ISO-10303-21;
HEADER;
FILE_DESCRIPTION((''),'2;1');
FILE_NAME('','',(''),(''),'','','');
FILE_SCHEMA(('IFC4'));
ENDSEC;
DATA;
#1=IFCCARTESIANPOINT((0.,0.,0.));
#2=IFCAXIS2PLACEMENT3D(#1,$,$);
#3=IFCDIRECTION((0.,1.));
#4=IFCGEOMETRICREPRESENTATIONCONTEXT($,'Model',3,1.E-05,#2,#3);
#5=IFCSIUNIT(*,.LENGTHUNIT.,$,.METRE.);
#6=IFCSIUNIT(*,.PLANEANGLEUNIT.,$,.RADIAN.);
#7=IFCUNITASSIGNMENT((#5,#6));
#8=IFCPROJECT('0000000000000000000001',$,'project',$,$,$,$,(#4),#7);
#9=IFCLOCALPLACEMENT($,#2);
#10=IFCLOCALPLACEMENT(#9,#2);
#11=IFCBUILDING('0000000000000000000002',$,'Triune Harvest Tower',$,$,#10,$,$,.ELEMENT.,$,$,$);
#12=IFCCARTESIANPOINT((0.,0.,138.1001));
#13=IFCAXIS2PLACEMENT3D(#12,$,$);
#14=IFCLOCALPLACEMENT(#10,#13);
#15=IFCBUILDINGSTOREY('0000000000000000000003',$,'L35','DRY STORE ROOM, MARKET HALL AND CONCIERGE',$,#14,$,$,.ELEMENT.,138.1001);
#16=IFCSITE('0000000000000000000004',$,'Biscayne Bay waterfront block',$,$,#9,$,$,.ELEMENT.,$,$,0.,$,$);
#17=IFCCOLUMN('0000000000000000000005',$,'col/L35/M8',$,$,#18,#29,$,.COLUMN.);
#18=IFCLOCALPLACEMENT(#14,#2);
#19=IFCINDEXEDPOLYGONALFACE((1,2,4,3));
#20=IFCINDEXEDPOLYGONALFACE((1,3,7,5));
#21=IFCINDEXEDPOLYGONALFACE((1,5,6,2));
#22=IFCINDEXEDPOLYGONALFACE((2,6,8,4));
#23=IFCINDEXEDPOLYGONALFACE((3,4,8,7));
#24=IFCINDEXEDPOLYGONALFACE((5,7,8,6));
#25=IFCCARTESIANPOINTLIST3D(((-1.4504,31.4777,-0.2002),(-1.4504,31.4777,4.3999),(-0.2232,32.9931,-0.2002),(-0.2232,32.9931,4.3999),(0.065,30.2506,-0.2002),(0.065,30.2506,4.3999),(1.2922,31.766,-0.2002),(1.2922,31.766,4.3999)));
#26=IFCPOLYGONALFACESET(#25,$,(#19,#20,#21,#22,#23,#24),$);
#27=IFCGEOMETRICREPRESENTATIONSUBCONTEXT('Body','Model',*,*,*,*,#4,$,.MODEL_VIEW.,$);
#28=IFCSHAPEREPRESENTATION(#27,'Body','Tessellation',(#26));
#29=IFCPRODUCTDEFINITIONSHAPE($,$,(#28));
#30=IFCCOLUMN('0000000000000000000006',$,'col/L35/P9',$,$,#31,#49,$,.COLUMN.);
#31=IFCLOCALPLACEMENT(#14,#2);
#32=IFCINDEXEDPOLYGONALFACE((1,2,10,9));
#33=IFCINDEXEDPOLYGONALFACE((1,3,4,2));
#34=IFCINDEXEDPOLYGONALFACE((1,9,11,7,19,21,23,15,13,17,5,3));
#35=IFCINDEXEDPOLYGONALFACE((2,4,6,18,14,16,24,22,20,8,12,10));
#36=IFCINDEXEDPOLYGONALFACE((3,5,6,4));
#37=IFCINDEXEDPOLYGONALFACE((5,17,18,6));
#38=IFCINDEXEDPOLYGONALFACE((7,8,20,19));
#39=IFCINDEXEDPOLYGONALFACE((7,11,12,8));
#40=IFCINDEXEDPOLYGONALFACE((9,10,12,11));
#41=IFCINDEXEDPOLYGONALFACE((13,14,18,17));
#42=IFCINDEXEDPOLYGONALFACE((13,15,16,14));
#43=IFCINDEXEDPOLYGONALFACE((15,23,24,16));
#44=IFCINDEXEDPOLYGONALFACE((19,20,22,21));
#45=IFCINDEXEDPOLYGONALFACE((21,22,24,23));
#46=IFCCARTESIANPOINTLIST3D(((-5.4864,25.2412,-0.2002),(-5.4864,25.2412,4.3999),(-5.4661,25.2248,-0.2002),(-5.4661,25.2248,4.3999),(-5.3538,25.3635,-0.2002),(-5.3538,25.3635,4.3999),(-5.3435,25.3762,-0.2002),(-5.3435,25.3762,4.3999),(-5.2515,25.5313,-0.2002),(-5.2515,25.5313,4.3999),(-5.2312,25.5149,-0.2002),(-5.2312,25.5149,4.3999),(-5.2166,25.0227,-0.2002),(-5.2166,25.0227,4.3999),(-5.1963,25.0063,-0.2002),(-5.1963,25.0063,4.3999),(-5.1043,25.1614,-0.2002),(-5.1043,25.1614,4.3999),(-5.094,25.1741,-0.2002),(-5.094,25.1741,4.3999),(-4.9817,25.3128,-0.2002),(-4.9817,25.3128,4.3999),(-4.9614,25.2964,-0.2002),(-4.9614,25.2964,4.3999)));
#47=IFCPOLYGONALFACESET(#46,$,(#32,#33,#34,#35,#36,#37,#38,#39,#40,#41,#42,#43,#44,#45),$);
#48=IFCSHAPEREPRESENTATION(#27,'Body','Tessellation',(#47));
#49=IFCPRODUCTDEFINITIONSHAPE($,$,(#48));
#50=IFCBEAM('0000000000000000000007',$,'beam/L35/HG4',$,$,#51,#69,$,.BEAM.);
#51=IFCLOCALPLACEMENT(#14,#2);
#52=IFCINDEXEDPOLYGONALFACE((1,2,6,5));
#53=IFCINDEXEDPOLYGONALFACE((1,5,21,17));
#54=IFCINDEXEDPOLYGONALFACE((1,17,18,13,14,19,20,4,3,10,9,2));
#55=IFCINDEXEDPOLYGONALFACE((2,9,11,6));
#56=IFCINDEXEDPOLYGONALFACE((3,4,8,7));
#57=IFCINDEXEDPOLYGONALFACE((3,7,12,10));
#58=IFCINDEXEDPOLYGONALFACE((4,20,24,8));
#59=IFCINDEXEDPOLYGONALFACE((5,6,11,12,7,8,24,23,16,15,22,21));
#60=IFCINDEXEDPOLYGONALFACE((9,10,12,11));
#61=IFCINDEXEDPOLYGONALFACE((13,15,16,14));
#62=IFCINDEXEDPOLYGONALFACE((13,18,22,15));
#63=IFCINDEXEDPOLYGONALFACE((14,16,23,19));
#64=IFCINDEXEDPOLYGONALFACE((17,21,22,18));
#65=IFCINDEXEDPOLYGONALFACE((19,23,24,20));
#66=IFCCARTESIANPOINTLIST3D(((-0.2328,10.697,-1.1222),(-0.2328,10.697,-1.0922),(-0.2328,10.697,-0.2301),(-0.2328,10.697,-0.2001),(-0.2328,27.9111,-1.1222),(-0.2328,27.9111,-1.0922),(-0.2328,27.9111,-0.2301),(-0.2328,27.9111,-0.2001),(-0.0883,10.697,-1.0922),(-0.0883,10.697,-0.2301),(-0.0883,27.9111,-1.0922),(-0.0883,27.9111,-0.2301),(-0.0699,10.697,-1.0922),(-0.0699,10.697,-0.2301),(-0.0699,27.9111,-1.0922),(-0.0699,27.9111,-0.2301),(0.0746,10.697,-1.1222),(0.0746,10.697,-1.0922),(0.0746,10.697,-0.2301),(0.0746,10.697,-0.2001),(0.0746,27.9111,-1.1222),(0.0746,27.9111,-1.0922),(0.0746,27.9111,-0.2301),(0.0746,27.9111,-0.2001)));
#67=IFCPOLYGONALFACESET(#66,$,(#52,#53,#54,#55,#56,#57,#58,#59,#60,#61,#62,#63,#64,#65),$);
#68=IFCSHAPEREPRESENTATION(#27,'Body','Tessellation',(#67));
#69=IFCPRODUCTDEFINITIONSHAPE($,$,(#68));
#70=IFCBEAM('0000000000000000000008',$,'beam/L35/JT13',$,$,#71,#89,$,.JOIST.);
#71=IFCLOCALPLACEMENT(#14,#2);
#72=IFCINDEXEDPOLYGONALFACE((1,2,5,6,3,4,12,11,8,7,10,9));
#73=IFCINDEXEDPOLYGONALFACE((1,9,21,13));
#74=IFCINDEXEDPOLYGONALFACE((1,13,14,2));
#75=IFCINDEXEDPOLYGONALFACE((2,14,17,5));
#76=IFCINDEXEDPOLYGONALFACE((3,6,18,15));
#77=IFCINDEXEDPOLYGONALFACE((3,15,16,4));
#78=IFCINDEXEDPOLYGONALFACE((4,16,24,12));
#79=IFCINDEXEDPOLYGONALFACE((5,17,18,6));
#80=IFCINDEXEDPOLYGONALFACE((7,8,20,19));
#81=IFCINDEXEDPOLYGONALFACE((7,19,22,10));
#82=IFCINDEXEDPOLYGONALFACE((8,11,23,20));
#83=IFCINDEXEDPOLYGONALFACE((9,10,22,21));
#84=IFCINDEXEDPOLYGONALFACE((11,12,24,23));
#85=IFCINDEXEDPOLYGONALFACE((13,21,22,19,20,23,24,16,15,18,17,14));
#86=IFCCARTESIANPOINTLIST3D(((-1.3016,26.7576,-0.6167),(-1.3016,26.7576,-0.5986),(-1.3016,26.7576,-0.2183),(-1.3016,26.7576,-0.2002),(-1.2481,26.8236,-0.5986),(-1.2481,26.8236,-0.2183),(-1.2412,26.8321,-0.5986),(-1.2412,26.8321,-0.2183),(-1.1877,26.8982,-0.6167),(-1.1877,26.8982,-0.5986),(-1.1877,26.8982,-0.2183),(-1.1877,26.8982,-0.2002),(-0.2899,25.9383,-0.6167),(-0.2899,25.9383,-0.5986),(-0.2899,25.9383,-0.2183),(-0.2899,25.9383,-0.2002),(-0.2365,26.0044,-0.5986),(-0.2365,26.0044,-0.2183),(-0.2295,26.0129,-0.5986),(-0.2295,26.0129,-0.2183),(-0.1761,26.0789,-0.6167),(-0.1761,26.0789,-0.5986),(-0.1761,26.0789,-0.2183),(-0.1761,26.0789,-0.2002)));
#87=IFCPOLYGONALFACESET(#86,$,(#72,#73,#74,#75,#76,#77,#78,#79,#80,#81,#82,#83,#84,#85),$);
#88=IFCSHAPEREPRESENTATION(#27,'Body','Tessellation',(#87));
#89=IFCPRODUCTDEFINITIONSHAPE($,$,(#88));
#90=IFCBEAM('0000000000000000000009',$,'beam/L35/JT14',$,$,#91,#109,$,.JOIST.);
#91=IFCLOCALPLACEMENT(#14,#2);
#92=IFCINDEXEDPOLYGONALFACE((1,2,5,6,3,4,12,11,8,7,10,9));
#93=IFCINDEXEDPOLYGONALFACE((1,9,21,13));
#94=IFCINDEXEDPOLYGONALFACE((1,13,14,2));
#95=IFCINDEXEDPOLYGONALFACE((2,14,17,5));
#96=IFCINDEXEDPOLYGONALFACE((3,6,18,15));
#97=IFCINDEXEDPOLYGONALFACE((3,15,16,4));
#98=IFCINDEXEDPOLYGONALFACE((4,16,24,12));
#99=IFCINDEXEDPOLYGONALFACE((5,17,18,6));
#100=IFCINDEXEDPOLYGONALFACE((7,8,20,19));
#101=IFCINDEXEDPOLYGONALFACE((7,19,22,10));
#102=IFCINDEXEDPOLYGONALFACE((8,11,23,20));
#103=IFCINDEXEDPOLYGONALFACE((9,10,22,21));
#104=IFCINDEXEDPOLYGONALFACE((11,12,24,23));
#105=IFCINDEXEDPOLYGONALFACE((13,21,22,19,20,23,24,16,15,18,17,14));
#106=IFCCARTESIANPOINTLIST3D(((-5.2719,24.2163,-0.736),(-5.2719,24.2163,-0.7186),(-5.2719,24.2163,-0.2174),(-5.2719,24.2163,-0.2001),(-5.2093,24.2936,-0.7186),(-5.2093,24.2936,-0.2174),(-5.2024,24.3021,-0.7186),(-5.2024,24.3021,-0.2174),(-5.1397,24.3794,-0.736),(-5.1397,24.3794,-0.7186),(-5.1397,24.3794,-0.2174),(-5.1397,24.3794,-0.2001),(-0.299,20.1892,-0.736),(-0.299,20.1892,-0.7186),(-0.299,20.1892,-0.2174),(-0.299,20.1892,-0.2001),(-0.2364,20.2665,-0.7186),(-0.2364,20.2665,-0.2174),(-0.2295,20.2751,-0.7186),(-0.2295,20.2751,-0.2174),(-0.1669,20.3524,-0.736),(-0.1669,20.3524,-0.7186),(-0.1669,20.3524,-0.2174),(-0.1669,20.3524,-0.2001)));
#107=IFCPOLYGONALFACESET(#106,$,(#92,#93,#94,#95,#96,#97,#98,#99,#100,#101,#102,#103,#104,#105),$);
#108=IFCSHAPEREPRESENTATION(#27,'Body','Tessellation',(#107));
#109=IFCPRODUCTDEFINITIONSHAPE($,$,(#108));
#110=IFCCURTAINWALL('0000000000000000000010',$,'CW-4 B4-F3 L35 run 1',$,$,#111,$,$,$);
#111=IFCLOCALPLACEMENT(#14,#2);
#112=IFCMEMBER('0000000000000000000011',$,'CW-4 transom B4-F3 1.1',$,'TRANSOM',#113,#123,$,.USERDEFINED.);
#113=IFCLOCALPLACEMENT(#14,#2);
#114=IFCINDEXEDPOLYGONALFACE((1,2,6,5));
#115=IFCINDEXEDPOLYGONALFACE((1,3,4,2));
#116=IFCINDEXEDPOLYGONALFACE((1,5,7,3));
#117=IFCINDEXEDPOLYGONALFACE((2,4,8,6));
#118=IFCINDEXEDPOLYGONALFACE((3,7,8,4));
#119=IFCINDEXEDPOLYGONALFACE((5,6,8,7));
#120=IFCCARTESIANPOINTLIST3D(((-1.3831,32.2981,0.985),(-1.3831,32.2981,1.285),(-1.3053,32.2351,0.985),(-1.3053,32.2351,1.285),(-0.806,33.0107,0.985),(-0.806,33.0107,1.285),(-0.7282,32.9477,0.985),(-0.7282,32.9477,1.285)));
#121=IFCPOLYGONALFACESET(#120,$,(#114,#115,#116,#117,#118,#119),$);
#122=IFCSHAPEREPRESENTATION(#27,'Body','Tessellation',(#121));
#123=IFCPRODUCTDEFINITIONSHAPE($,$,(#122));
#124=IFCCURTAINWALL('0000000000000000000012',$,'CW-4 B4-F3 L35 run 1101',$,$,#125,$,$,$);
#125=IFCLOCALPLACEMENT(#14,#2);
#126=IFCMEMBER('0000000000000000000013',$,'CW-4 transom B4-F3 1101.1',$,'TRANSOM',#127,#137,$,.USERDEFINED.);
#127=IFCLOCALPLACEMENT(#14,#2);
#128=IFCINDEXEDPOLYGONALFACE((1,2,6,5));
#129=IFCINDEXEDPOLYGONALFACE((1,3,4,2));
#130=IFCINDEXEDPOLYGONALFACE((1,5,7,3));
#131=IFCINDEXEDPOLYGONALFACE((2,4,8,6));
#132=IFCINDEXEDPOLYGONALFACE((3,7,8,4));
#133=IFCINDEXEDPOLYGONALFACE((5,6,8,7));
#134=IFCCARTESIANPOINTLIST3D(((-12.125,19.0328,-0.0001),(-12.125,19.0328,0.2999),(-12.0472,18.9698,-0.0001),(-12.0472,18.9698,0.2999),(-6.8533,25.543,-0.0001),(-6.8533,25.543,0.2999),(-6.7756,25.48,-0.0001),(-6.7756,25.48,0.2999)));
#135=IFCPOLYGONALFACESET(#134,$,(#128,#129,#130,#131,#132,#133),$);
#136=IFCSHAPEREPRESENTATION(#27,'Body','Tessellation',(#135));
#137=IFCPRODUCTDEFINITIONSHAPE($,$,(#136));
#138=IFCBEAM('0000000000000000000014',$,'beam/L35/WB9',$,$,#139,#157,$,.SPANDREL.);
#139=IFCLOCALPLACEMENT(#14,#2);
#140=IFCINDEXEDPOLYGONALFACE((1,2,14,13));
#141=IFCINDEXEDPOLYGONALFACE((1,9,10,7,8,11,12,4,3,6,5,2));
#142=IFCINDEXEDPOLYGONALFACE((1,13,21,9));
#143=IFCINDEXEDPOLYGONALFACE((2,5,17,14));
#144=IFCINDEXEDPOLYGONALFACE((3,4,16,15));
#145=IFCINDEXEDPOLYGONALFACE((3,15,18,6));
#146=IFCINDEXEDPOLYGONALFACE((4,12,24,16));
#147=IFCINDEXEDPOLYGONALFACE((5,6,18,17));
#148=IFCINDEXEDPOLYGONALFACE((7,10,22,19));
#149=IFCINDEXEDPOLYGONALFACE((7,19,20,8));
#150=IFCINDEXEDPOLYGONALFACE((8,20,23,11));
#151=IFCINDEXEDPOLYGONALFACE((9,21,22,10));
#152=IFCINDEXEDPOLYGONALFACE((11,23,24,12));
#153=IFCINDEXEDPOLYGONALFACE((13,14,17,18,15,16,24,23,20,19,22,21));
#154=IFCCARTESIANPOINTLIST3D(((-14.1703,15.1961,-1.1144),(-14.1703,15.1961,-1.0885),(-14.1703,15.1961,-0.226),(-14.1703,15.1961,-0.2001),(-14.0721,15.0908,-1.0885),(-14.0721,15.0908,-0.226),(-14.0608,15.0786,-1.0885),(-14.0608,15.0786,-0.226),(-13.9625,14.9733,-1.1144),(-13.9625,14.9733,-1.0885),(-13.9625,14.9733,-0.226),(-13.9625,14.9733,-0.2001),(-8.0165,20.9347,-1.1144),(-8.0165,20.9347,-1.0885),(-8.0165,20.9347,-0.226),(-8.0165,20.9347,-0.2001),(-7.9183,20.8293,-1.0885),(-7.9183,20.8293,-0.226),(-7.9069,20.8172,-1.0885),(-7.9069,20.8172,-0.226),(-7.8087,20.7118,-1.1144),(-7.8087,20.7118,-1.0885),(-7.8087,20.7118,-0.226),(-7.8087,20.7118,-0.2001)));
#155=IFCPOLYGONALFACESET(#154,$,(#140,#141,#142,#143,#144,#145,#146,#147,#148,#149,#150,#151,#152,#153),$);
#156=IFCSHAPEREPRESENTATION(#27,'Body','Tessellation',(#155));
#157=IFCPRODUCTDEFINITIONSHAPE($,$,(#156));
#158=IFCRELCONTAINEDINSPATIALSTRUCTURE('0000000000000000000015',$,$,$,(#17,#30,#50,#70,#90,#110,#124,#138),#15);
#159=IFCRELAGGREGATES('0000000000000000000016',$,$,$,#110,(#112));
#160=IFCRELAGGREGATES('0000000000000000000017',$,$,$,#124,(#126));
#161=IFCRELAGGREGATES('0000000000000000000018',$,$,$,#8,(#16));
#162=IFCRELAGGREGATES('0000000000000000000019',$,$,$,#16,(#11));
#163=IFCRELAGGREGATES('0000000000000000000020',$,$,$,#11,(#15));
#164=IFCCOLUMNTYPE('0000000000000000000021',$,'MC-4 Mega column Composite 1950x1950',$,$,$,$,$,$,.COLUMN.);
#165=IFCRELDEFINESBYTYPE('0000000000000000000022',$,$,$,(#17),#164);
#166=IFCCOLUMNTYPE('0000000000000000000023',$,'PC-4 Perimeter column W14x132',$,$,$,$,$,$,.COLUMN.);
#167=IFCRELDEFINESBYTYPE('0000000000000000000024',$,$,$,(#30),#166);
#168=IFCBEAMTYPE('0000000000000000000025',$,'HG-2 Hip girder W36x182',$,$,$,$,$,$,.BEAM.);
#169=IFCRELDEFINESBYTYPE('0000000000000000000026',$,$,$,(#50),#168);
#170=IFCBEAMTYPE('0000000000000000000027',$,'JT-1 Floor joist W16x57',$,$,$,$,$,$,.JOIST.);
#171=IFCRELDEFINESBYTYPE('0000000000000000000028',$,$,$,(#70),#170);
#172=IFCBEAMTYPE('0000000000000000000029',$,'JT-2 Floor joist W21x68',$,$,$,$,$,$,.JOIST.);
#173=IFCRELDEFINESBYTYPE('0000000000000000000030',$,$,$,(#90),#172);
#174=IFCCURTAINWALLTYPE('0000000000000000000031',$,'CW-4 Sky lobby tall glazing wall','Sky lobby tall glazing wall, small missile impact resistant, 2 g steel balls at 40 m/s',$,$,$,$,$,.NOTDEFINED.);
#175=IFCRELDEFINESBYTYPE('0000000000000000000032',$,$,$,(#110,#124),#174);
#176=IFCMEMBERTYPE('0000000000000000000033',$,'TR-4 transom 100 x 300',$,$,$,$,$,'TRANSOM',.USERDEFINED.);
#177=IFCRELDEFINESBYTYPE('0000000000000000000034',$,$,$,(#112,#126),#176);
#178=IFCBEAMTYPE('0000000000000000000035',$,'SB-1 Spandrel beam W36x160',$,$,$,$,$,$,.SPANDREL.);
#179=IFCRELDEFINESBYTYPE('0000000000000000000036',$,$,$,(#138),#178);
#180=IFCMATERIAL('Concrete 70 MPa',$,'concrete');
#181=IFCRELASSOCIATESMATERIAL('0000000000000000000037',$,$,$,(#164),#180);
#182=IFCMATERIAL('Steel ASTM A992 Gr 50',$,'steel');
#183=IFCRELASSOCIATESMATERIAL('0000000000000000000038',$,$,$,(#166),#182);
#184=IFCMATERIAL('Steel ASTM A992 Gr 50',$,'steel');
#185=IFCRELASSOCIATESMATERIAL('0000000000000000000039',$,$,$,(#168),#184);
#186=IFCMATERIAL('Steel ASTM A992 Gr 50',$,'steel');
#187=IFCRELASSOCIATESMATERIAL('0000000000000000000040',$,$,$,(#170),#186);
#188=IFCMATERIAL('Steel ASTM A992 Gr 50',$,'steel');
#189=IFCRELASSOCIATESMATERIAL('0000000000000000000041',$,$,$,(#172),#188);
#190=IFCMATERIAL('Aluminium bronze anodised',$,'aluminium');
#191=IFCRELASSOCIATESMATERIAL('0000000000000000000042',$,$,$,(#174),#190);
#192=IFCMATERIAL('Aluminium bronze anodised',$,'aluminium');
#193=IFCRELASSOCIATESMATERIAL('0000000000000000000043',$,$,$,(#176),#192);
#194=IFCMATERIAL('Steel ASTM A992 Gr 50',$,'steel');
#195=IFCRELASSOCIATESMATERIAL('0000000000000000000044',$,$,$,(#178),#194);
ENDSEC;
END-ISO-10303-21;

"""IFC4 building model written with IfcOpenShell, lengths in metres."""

from ifc_helpers import new_model, si_unit, direction, frame, origin, origin_2d, place, context, subcontext, project, spatial, rectangle, i_section, extrude, source, transform, mapped, material, material_profile, profile_set, type_object, element, aggregate, save


model = new_model("IFC4")

# Units and contexts
model_context = context("Model", 3, precision=1e-05, world=origin(), true_north=direction((0.0, 1.0)))
body_context = subcontext(model_context, "Body", "Model", "MODEL_VIEW")
ifc_project = project(units=[si_unit("LENGTHUNIT", "METRE"), si_unit("PLANEANGLEUNIT", "RADIAN")], contexts=[model_context])

# Site, building, storey
site_placement = place(None, origin())
site = spatial("IfcSite", under=ifc_project, at=site_placement, Name="Biscayne Bay waterfront block", CompositionType="ELEMENT", RefElevation=0.0)
building_placement = place(site_placement, origin())
building = spatial("IfcBuilding", under=site, at=building_placement, Name="Triune Harvest Tower", CompositionType="ELEMENT")
storey_placement = place(building_placement, frame((0.0, 0.0, 138.1001)))
storey = spatial("IfcBuildingStorey", under=building, at=storey_placement, Name="L35", Description="DRY STORE ROOM, MARKET HALL AND CONCIERGE", CompositionType="ELEMENT", Elevation=138.1001)

# Columns
ifc_material_1 = material(Name="Concrete 70 MPa", Category="concrete")
ifc_material_profile_1 = material_profile(ifc_material_1, rectangle(XDim=1.95, YDim=1.95, at=origin_2d()), Name="Composite 1950x1950")
ifc_profile_set_1 = profile_set([ifc_material_profile_1], Name="Concrete 70 MPa")
column_type_1 = type_object("IfcColumnType", Name="MC-4 Mega column Composite 1950x1950", PredefinedType="COLUMN", material=ifc_profile_set_1)
shared_shape_1 = source(origin(), body_context, "Body", "SweptSolid", [
    extrude(rectangle(XDim=1.95, YDim=1.95, at=origin_2d()), origin(), (0.0, 0.0, 1.0), 4.6001),
])
column_1_placement = place(storey_placement, frame((-0.0791, 31.6218, -0.2002), z_axis=(0.0, 0.0, 1.0), x_axis=(-0.629322, -0.777145, 0.0)))
element("IfcColumn", 1, at=column_1_placement, inside=storey, type_object=column_type_1, Name="col/L35/M8", PredefinedType="COLUMN", context=body_context, shape_type="MappedRepresentation", body=[
    mapped(shared_shape_1, transform((0.0, 0.0, 0.0), scale=1.0)),
])
ifc_material_2 = material(Name="Steel ASTM A992 Gr 50", Category="steel")
ifc_material_profile_2 = material_profile(ifc_material_2, i_section(OverallWidth=0.3733, OverallDepth=0.3733, WebThickness=0.0164, FlangeThickness=0.0261, at=origin_2d()), Name="W14x132")
ifc_profile_set_2 = profile_set([ifc_material_profile_2], Name="Steel ASTM A992 Gr 50")
column_type_2 = type_object("IfcColumnType", Name="PC-4 Perimeter column W14x132", PredefinedType="COLUMN", material=ifc_profile_set_2)
shared_shape_2 = source(origin(), body_context, "Body", "SweptSolid", [
    extrude(i_section(OverallWidth=0.3733, OverallDepth=0.3733, WebThickness=0.0164, FlangeThickness=0.0261, at=origin_2d()), origin(), (0.0, 0.0, 1.0), 4.6001),
])
column_2_placement = place(storey_placement, frame((-5.2239, 25.2688, -0.2002), z_axis=(0.0, 0.0, 1.0), x_axis=(-0.629322, -0.777145, 0.0)))
element("IfcColumn", 2, at=column_2_placement, inside=storey, type_object=column_type_2, Name="col/L35/P9", PredefinedType="COLUMN", context=body_context, shape_type="MappedRepresentation", body=[
    mapped(shared_shape_2, transform((0.0, 0.0, 0.0), scale=1.0)),
])

# Beams
ifc_material_3 = material(Name="Steel ASTM A992 Gr 50", Category="steel")
ifc_material_profile_3 = material_profile(ifc_material_3, i_section(OverallWidth=0.3074, OverallDepth=0.9221, WebThickness=0.0183, FlangeThickness=0.03, at=origin_2d()), Name="W36x182")
ifc_profile_set_3 = profile_set([ifc_material_profile_3], Name="Steel ASTM A992 Gr 50")
beam_type_1 = type_object("IfcBeamType", Name="HG-2 Hip girder W36x182", PredefinedType="BEAM", material=ifc_profile_set_3)
beam_1_placement = place(storey_placement, frame((-0.0791, 27.9111, -0.6611), z_axis=(0.0, -1.0, 0.0), x_axis=(1.0, 0.0, 0.0)))
element("IfcBeam", 3, at=beam_1_placement, inside=storey, type_object=beam_type_1, Name="beam/L35/HG4", PredefinedType="BEAM", context=body_context, shape_type="SweptSolid", body=[
    extrude(i_section(OverallWidth=0.3074, OverallDepth=0.9221, WebThickness=0.0183, FlangeThickness=0.03, at=origin_2d()), origin(), (0.0, 0.0, 1.0), 17.2141),
])
ifc_material_4 = material(Name="Steel ASTM A992 Gr 50", Category="steel")
ifc_material_profile_4 = material_profile(ifc_material_4, i_section(OverallWidth=0.1809, OverallDepth=0.4165, WebThickness=0.011, FlangeThickness=0.0181, at=origin_2d()), Name="W16x57")
ifc_profile_set_4 = profile_set([ifc_material_profile_4], Name="Steel ASTM A992 Gr 50")
beam_type_2 = type_object("IfcBeamType", Name="JT-1 Floor joist W16x57", PredefinedType="JOIST", material=ifc_profile_set_4)
beam_2_placement = place(storey_placement, frame((-1.2446, 26.8279, -0.4084), z_axis=(0.777123, -0.629349, 0.0), x_axis=(0.629349, 0.777123, 0.0)))
element("IfcBeam", 4, at=beam_2_placement, inside=storey, type_object=beam_type_2, Name="beam/L35/JT13", PredefinedType="JOIST", context=body_context, shape_type="SweptSolid", body=[
    extrude(i_section(OverallWidth=0.1809, OverallDepth=0.4165, WebThickness=0.011, FlangeThickness=0.0181, at=origin_2d()), origin(), (0.0, 0.0, 1.0), 1.3018),
])
ifc_material_5 = material(Name="Steel ASTM A992 Gr 50", Category="steel")
ifc_material_profile_5 = material_profile(ifc_material_5, i_section(OverallWidth=0.21, OverallDepth=0.5359, WebThickness=0.011, FlangeThickness=0.0173, at=origin_2d()), Name="W21x68")
ifc_profile_set_5 = profile_set([ifc_material_profile_5], Name="Steel ASTM A992 Gr 50")
beam_type_3 = type_object("IfcBeamType", Name="JT-2 Floor joist W21x68", PredefinedType="JOIST", material=ifc_profile_set_5)
beam_3_placement = place(storey_placement, frame((-5.2058, 24.2979, -0.468), z_axis=(0.777136, -0.629332, 0.0), x_axis=(0.629332, 0.777136, 0.0)))
element("IfcBeam", 5, at=beam_3_placement, inside=storey, type_object=beam_type_3, Name="beam/L35/JT14", PredefinedType="JOIST", context=body_context, shape_type="SweptSolid", body=[
    extrude(i_section(OverallWidth=0.21, OverallDepth=0.5359, WebThickness=0.011, FlangeThickness=0.0173, at=origin_2d()), origin(), (0.0, 0.0, 1.0), 6.3989),
])

# Curtain walls, members
ifc_material_6 = material(Name="Aluminium bronze anodised", Category="aluminium")
curtain_wall_type_1 = type_object("IfcCurtainWallType", Name="CW-4 Sky lobby tall glazing wall", Description="Sky lobby tall glazing wall, small missile impact resistant, 2 g steel balls at 40 m/s", PredefinedType="NOTDEFINED", material=ifc_material_6)
curtain_wall_1_placement = place(storey_placement, origin())
curtain_wall_1 = element("IfcCurtainWall", 6, at=curtain_wall_1_placement, inside=storey, type_object=curtain_wall_type_1, Name="CW-4 B4-F3 L35 run 1")
ifc_material_7 = material(Name="Aluminium bronze anodised", Category="aluminium")
ifc_material_profile_6 = material_profile(ifc_material_7, rectangle(XDim=0.1001, YDim=0.3, at=origin_2d()), Name="TR-4 transom 100 x 300")
ifc_profile_set_6 = profile_set([ifc_material_profile_6], Name="Aluminium bronze anodised")
member_type_1 = type_object("IfcMemberType", Name="TR-4 transom 100 x 300", ElementType="TRANSOM", PredefinedType="USERDEFINED", material=ifc_profile_set_6)
member_1_placement = place(storey_placement, frame((-0.7671, 32.9792, 1.135), z_axis=(-0.629359, -0.777115, 0.0), x_axis=(0.777115, -0.629359, 0.0)))
member_1 = element("IfcMember", 7, at=member_1_placement, type_object=member_type_1, Name="CW-4 transom B4-F3 1.1", ObjectType="TRANSOM", PredefinedType="USERDEFINED", context=body_context, shape_type="SweptSolid", body=[
    extrude(rectangle(XDim=0.1001, YDim=0.3, at=origin_2d()), origin(), (0.0, 0.0, 1.0), 0.917),
])
curtain_wall_2_placement = place(storey_placement, origin())
curtain_wall_2 = element("IfcCurtainWall", 8, at=curtain_wall_2_placement, inside=storey, type_object=curtain_wall_type_1, Name="CW-4 B4-F3 L35 run 1101")
member_2_placement = place(storey_placement, frame((-6.8145, 25.5115, 0.1499), z_axis=(-0.629308, -0.777156, 0.0), x_axis=(0.777156, -0.629308, 0.0)))
member_2 = element("IfcMember", 9, at=member_2_placement, type_object=member_type_1, Name="CW-4 transom B4-F3 1101.1", ObjectType="TRANSOM", PredefinedType="USERDEFINED", context=body_context, shape_type="SweptSolid", body=[
    extrude(rectangle(XDim=0.1001, YDim=0.3, at=origin_2d()), origin(), (0.0, 0.0, 1.0), 8.377),
])

# Beam
ifc_material_8 = material(Name="Steel ASTM A992 Gr 50", Category="steel")
ifc_material_profile_7 = material_profile(ifc_material_8, i_section(OverallWidth=0.3047, OverallDepth=0.9143, WebThickness=0.0166, FlangeThickness=0.0259, at=origin_2d()), Name="W36x160")
ifc_profile_set_7 = profile_set([ifc_material_profile_7], Name="Steel ASTM A992 Gr 50")
beam_type_4 = type_object("IfcBeamType", Name="SB-1 Spandrel beam W36x160", PredefinedType="SPANDREL", material=ifc_profile_set_7)
shared_shape_3 = source(origin(), body_context, "Body", "SweptSolid", [
    extrude(i_section(OverallWidth=0.3047, OverallDepth=0.9143, WebThickness=0.0166, FlangeThickness=0.0259, at=origin_2d()), origin(), (0.0, 0.0, 1.0), 8.4143),
])
beam_4_placement = place(storey_placement, frame((-7.9126, 20.8232, -0.6572), z_axis=(-0.731353, -0.681999, 0.0), x_axis=(0.681999, -0.731353, 0.0)))
element("IfcBeam", 10, at=beam_4_placement, inside=storey, type_object=beam_type_4, Name="beam/L35/WB9", PredefinedType="SPANDREL", context=body_context, shape_type="MappedRepresentation", body=[
    mapped(shared_shape_3, transform((0.0, 0.0, 0.0), scale=1.0)),
])

aggregate(curtain_wall_1, [member_1])
aggregate(curtain_wall_2, [member_2])

save(model, "model.ifc")
